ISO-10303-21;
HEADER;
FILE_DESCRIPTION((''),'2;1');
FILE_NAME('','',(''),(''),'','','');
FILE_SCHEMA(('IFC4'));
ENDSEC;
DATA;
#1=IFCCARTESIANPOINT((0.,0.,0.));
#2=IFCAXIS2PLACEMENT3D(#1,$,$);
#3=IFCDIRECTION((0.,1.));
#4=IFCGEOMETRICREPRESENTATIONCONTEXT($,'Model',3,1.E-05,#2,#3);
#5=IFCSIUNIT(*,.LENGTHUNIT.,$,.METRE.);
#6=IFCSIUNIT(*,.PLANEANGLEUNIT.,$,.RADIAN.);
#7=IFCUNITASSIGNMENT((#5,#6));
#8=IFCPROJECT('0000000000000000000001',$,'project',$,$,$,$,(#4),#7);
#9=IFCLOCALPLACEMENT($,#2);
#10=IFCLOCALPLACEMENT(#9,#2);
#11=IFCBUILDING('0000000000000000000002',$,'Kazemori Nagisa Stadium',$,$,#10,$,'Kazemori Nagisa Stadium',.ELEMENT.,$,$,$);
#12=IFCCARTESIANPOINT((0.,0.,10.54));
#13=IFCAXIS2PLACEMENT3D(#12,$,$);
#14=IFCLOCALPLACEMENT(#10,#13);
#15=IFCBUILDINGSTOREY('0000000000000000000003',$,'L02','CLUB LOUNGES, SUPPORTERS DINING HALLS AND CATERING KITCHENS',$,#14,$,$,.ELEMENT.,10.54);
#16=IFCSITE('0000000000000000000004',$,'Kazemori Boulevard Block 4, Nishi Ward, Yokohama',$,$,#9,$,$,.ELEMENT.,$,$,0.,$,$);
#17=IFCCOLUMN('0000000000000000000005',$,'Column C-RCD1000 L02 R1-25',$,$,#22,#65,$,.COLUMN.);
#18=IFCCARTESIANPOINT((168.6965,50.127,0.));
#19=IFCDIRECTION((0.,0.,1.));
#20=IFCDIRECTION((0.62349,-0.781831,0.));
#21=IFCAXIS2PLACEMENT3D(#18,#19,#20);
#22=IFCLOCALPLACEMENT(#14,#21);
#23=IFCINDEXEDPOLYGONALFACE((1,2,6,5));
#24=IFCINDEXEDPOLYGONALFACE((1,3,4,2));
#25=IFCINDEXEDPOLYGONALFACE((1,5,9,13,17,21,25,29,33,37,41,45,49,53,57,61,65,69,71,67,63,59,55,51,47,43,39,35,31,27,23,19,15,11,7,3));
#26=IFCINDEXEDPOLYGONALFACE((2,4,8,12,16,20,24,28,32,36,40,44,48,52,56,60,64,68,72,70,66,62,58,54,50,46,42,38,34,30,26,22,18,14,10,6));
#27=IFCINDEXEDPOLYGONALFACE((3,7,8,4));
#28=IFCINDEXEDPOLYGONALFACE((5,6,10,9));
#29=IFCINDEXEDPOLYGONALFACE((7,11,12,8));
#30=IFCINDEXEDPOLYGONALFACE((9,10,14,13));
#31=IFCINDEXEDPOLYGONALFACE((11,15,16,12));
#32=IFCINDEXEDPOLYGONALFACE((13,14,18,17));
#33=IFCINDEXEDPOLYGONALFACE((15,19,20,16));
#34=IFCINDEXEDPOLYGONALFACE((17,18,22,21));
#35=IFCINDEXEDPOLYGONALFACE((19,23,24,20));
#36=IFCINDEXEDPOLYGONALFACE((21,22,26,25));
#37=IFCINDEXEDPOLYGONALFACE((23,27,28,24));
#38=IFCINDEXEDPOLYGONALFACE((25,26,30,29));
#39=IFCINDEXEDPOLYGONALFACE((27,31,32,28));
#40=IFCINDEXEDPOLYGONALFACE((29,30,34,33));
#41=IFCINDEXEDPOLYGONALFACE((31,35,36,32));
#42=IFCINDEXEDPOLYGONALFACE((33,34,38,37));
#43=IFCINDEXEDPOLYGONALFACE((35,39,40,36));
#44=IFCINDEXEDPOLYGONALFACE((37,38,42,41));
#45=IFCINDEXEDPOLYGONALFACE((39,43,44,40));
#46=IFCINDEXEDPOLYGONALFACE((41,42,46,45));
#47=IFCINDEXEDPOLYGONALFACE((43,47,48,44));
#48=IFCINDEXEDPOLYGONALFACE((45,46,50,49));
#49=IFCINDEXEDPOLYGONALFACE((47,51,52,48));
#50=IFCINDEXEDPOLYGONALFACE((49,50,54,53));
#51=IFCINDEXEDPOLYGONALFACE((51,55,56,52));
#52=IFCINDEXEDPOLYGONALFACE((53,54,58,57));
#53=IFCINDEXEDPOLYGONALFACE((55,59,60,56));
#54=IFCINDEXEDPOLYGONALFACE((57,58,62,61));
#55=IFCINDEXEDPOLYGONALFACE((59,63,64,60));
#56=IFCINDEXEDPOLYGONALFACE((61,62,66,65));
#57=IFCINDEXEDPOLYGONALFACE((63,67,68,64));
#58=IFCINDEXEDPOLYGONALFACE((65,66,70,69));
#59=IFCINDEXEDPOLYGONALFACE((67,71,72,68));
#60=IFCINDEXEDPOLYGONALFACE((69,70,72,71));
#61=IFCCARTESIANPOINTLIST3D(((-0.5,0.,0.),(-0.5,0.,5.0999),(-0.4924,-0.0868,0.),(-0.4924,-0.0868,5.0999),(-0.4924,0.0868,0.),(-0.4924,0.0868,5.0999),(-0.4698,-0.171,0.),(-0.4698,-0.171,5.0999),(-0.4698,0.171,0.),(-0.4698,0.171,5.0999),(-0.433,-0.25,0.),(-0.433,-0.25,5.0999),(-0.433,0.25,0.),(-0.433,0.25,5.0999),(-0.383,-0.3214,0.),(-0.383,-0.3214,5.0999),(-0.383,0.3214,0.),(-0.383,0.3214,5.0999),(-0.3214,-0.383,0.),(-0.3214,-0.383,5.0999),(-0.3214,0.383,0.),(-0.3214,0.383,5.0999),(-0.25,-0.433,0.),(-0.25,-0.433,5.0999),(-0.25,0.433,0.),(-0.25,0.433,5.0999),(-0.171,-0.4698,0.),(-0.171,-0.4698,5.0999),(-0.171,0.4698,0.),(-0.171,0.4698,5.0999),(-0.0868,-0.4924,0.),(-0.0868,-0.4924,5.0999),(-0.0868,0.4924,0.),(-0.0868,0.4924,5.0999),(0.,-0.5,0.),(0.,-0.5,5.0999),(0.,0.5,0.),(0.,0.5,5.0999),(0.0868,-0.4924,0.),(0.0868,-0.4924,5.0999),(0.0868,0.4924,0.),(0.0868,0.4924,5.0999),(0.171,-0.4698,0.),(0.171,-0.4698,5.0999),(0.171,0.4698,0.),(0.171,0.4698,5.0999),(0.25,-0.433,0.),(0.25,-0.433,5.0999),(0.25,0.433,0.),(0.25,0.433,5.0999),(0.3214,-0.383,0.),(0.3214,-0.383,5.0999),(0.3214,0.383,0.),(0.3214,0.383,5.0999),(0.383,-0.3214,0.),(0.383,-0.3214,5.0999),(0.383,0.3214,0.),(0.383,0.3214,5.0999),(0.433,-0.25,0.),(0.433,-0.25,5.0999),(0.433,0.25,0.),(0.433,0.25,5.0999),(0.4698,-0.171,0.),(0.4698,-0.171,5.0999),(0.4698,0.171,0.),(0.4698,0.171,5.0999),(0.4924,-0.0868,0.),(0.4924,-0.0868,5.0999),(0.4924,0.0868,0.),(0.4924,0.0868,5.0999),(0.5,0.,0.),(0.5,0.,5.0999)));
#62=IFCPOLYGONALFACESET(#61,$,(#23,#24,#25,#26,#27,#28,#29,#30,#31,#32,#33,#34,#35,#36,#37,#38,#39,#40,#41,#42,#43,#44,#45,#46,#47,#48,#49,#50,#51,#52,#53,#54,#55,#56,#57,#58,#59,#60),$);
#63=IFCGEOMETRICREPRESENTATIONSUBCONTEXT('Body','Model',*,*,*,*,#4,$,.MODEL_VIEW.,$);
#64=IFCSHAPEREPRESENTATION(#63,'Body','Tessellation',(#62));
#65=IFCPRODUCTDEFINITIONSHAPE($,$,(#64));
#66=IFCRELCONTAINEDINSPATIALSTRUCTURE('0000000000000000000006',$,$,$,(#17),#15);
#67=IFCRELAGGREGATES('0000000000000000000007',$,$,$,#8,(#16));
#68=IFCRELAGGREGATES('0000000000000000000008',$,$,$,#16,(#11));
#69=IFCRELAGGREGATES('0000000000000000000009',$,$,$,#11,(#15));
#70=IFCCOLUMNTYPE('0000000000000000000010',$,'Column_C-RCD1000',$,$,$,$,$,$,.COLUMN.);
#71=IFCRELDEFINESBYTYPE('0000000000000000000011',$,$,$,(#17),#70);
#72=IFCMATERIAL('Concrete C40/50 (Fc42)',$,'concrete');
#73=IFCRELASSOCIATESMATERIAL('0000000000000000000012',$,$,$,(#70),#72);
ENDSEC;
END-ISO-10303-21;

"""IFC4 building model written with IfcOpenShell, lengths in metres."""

from ifc_helpers import new_model, si_unit, direction, frame, origin, origin_2d, place, context, subcontext, project, spatial, circle, extrude, material, material_profile, profile_set, type_object, element, save


model = new_model("IFC4")

# Units and contexts
model_context = context("Model", 3, precision=1e-05, world=origin(), true_north=direction((0.0, 1.0)))
body_context = subcontext(model_context, "Body", "Model", "MODEL_VIEW")
ifc_project = project(units=[si_unit("LENGTHUNIT", "METRE"), si_unit("PLANEANGLEUNIT", "RADIAN")], contexts=[model_context])

# Site, building, storey
site_placement = place(None, origin())
site = spatial("IfcSite", under=ifc_project, at=site_placement, Name="Kazemori Boulevard Block 4, Nishi Ward, Yokohama", CompositionType="ELEMENT", RefElevation=0.0)
building_placement = place(site_placement, origin())
building = spatial("IfcBuilding", under=site, at=building_placement, Name="Kazemori Nagisa Stadium", LongName="Kazemori Nagisa Stadium", CompositionType="ELEMENT")
storey_placement = place(building_placement, frame((0.0, 0.0, 10.54)))
storey = spatial("IfcBuildingStorey", under=building, at=storey_placement, Name="L02", Description="CLUB LOUNGES, SUPPORTERS DINING HALLS AND CATERING KITCHENS", CompositionType="ELEMENT", Elevation=10.54)

# Column
ifc_material_1 = material(Name="Concrete C40/50 (Fc42)", Category="concrete")
ifc_material_profile_1 = material_profile(ifc_material_1, circle(Radius=0.5, at=origin_2d()), Name="RC-COL-D1000")
ifc_profile_set_1 = profile_set([ifc_material_profile_1], Name="Concrete C40/50 (Fc42)")
column_type = type_object("IfcColumnType", Name="Column_C-RCD1000", PredefinedType="COLUMN", material=ifc_profile_set_1)
column_placement = place(storey_placement, frame((168.6965, 50.127, 0.0), z_axis=(0.0, 0.0, 1.0), x_axis=(0.62349, -0.781831, 0.0)))
element("IfcColumn", 1, at=column_placement, inside=storey, type_object=column_type, Name="Column C-RCD1000 L02 R1-25", PredefinedType="COLUMN", context=body_context, shape_type="SweptSolid", body=[
    extrude(circle(Radius=0.5, at=origin_2d()), origin(), (0.0, 0.0, 1.0), 5.0999),
])

save(model, "model.ifc")
